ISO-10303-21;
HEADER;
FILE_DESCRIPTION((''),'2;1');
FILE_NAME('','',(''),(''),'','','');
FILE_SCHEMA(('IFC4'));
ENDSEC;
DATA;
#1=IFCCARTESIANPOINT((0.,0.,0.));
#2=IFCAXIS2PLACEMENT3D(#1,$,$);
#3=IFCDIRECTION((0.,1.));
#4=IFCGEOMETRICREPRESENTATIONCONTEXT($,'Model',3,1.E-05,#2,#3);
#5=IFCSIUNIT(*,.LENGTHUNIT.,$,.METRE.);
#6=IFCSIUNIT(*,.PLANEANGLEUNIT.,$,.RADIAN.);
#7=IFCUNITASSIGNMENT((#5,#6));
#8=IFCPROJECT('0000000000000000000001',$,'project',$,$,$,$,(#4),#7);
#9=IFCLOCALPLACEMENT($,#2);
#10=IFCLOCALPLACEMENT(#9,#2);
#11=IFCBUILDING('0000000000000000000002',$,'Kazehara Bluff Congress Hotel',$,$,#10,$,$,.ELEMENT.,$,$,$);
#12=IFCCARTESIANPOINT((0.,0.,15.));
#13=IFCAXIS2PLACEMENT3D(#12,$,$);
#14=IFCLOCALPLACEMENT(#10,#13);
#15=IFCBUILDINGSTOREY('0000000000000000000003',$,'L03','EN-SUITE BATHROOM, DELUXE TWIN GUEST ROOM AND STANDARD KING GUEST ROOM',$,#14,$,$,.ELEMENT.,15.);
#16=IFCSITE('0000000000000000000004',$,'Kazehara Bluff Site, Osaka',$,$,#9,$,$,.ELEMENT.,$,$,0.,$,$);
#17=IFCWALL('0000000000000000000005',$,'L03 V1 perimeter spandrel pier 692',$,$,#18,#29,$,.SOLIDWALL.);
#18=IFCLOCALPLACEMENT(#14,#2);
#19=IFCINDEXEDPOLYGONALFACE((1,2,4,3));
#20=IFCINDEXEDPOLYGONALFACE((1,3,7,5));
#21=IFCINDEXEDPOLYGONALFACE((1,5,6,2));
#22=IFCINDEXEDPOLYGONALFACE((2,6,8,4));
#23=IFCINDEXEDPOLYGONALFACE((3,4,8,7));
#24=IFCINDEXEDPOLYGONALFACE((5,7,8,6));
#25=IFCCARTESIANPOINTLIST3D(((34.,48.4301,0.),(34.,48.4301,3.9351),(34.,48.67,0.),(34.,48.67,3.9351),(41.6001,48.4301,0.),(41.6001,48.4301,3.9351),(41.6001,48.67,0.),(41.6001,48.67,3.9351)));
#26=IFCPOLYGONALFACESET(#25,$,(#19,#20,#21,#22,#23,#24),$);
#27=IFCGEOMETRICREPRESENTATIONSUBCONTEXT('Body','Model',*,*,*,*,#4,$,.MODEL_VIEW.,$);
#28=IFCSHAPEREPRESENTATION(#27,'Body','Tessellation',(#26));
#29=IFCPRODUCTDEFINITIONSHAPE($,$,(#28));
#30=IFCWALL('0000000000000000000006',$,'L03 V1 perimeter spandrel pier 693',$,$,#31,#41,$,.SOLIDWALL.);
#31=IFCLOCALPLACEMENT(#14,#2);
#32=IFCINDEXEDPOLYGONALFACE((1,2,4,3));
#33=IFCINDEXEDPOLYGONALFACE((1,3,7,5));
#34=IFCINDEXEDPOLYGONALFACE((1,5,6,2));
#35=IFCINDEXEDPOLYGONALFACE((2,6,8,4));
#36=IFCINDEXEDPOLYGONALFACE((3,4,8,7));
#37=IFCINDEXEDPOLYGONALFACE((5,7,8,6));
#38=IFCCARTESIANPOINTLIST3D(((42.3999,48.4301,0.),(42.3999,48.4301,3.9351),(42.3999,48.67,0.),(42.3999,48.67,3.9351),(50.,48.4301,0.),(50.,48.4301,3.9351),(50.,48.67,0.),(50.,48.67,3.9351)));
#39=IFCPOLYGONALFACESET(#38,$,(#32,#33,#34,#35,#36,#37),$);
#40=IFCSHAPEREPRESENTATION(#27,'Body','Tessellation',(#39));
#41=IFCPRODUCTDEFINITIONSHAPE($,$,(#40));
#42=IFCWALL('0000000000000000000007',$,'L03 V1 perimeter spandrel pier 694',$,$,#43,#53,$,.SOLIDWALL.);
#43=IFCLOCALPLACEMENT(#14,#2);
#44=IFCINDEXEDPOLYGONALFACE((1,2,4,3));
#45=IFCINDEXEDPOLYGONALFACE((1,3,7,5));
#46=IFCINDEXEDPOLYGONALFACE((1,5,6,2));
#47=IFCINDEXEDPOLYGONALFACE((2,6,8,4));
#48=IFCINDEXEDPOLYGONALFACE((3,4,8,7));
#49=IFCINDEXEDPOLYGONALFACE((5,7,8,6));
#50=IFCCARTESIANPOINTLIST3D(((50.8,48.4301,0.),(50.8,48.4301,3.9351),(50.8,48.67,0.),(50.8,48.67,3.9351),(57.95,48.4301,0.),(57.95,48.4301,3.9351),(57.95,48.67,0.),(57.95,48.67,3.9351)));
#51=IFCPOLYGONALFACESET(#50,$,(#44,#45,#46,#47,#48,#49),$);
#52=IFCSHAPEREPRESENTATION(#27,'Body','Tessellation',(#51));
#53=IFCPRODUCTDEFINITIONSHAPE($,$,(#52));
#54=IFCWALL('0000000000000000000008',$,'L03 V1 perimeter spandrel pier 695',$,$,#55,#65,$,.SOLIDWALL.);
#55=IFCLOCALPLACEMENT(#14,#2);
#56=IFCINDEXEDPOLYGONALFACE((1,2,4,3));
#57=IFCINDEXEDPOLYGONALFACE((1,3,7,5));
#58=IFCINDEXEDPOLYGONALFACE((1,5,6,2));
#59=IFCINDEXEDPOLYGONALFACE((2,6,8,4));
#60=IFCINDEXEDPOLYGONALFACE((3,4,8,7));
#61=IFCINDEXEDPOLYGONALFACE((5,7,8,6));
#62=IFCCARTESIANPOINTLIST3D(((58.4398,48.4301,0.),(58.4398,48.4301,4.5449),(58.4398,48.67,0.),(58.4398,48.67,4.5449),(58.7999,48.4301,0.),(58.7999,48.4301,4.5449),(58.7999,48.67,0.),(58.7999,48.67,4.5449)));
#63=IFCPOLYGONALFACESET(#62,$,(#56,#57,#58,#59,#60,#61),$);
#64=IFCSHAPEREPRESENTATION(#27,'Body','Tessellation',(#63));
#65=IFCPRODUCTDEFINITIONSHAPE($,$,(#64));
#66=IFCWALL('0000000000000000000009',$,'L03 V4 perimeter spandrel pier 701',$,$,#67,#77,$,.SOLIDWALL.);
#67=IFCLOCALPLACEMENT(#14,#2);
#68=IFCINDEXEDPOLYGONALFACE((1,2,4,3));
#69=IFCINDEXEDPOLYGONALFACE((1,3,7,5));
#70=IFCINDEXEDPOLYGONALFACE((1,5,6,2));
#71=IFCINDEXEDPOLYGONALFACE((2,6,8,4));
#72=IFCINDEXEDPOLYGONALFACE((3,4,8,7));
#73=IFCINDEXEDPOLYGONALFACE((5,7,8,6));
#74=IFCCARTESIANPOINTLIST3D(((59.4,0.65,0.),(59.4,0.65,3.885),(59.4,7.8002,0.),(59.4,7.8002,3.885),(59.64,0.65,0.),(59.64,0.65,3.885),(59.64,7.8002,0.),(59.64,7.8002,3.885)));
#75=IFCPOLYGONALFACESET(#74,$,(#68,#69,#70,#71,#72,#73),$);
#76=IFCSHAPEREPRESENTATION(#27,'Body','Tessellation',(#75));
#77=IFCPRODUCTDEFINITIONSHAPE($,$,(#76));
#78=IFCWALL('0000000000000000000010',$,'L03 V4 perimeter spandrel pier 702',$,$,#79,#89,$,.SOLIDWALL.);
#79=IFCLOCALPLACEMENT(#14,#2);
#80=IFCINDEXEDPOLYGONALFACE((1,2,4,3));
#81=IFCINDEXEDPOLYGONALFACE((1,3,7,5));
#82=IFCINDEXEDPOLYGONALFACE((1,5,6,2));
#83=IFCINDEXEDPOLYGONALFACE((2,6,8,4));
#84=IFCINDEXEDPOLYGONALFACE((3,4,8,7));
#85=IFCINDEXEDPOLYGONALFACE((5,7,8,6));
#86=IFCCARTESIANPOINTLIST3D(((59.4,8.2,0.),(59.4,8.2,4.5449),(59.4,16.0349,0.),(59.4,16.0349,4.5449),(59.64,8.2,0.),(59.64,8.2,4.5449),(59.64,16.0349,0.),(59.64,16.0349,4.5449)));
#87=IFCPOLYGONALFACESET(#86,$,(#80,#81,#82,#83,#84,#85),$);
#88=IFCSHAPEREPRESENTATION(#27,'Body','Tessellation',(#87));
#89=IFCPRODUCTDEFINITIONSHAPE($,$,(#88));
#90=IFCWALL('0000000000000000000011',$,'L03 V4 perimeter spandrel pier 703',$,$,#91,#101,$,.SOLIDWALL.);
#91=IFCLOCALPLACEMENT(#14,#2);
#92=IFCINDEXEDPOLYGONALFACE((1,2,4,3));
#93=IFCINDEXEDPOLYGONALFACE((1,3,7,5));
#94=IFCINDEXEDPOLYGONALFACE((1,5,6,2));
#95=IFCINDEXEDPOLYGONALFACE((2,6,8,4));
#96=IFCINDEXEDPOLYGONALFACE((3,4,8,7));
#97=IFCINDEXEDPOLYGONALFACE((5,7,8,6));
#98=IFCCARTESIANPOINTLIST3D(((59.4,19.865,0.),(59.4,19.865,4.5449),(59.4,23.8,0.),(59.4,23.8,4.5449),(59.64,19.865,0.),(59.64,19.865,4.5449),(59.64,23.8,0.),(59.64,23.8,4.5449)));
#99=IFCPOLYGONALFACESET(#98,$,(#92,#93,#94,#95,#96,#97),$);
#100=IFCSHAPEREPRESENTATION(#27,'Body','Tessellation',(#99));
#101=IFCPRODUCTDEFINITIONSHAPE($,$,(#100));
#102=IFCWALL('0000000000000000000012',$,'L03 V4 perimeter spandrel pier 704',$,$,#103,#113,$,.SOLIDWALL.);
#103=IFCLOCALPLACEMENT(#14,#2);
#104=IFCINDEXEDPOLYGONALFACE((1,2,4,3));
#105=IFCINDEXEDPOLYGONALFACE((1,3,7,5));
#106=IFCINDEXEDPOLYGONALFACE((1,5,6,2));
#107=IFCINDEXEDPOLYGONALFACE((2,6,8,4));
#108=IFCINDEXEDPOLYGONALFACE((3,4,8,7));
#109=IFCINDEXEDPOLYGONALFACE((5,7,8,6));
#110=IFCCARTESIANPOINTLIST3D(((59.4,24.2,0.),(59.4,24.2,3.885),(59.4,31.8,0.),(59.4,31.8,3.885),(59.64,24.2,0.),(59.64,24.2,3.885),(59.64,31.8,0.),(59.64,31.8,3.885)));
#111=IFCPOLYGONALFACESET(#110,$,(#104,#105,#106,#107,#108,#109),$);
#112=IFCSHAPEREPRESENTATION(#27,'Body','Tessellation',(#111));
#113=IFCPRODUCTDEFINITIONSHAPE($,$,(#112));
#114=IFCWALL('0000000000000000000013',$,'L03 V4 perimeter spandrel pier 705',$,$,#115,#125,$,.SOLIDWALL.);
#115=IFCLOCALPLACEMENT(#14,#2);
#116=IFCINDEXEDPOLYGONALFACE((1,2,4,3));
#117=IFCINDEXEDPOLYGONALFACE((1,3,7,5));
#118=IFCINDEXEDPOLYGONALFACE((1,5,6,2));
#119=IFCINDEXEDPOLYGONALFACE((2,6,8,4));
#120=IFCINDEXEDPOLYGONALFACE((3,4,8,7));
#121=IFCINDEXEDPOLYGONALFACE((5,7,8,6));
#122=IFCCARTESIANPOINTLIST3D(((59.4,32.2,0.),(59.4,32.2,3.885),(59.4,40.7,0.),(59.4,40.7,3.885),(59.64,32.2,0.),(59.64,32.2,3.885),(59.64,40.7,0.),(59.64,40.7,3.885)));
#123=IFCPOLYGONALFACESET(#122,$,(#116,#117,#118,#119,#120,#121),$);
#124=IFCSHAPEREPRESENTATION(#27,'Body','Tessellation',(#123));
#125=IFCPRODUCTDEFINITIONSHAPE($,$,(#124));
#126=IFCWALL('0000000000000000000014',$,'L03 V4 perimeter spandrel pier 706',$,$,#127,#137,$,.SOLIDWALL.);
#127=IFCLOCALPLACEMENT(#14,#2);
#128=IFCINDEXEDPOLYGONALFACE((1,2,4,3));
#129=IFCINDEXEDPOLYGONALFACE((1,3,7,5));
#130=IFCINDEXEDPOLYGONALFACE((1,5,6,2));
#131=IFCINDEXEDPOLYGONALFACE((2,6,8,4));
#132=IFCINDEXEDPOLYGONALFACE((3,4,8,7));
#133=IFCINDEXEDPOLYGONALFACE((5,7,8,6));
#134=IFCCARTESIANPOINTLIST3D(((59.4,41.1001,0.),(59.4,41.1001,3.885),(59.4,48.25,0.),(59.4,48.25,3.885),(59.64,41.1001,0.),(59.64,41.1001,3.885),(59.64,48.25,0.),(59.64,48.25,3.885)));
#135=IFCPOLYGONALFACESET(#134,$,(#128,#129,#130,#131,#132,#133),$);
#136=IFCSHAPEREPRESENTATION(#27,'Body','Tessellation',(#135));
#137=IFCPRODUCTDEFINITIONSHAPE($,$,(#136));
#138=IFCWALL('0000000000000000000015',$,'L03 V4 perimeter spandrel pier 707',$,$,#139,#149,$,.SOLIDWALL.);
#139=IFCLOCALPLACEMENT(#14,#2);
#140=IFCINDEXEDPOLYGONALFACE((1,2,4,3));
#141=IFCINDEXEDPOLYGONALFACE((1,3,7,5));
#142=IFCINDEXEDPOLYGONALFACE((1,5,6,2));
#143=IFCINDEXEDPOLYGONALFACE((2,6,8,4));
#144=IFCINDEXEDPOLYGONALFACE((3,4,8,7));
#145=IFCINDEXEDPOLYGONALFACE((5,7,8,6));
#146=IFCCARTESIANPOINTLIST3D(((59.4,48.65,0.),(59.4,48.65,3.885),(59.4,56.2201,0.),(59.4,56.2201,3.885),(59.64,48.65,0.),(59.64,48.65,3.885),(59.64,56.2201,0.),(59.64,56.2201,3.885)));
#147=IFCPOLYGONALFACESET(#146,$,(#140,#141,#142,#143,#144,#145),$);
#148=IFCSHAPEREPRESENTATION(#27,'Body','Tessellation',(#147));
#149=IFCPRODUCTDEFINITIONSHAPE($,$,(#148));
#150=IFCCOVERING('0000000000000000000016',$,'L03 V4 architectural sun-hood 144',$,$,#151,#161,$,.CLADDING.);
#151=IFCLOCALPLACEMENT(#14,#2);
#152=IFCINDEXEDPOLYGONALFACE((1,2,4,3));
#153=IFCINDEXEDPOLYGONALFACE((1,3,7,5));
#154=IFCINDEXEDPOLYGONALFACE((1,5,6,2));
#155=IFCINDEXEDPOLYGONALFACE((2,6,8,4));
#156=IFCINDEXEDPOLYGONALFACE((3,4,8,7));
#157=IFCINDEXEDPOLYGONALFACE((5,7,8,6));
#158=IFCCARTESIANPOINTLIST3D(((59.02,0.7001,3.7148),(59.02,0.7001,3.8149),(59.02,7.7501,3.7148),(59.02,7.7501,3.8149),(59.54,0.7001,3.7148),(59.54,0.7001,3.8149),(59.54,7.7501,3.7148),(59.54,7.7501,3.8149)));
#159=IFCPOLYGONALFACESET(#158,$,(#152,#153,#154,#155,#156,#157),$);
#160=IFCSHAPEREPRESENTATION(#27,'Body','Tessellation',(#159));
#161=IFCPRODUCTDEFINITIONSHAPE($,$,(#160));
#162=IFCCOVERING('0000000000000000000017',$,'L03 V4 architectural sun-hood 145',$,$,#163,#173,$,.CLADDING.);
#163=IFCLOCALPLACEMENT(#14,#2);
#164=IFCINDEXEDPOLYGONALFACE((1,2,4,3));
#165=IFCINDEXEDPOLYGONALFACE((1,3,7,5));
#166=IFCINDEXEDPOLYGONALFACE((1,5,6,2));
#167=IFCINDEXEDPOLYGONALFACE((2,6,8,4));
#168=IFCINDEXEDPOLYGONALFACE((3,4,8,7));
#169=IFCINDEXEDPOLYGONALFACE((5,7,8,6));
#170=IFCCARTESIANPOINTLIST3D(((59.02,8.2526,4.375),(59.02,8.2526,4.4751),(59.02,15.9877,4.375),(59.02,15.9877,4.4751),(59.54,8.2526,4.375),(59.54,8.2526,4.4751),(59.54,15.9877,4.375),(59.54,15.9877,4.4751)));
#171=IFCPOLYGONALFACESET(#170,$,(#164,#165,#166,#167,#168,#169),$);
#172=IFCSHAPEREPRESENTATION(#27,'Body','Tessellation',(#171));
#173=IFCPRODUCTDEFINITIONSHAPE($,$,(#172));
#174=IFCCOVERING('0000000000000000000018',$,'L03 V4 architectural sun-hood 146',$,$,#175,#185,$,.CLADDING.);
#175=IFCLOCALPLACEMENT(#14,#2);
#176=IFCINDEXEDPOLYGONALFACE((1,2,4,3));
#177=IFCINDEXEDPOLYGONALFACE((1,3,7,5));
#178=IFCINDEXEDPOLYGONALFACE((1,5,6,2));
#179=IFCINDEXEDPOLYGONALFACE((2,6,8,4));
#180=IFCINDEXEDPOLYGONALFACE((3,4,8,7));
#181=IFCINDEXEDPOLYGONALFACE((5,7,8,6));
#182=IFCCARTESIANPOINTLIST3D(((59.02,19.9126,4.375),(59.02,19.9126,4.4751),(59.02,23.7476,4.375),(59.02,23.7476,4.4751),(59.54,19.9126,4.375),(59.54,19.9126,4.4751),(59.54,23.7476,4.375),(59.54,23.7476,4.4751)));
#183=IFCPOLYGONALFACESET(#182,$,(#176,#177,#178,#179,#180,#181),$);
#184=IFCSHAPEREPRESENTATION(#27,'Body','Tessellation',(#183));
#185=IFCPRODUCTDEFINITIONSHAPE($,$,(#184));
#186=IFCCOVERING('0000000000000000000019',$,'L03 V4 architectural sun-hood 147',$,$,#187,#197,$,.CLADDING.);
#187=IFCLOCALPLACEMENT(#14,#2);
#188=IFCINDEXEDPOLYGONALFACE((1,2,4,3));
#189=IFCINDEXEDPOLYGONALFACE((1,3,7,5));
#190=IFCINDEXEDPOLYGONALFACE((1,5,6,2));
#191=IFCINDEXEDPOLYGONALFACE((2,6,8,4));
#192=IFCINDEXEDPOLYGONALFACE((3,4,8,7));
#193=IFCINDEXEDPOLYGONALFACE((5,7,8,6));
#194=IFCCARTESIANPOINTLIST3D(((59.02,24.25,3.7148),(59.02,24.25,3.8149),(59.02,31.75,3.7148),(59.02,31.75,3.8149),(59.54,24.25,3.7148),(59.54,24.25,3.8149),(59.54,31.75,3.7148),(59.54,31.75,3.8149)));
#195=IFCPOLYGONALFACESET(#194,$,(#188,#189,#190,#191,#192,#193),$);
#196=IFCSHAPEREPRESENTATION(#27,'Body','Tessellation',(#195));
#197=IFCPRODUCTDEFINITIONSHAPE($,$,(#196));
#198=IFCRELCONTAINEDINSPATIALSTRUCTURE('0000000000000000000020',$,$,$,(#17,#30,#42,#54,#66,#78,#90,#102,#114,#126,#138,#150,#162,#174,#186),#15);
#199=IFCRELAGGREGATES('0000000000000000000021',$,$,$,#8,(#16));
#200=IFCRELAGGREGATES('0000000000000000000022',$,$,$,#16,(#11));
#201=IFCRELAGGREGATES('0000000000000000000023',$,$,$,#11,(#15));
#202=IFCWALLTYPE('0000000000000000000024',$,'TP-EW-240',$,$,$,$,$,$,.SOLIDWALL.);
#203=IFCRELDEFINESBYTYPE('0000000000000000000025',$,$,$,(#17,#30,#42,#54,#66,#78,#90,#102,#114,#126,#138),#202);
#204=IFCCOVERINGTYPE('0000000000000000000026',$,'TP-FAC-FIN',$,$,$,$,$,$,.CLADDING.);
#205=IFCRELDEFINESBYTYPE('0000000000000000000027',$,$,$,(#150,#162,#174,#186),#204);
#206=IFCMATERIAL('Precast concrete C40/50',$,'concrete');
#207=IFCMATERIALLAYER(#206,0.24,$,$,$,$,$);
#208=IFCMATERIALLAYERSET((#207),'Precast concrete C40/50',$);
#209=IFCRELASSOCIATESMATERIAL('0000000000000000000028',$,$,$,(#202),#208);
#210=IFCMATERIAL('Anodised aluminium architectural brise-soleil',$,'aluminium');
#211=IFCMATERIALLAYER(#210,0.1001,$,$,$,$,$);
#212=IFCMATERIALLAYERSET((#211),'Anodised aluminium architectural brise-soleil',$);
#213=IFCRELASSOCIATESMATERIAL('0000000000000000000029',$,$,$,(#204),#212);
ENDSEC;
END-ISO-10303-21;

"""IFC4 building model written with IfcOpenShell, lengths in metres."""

from ifc_helpers import new_model, si_unit, direction, frame, frame_2d, origin, origin_2d, place, context, subcontext, project, spatial, rectangle, extrude, material, layer, layer_set, type_object, element, save


model = new_model("IFC4")

# Units and contexts
model_context = context("Model", 3, precision=1e-05, world=origin(), true_north=direction((0.0, 1.0)))
body_context = subcontext(model_context, "Body", "Model", "MODEL_VIEW")
ifc_project = project(units=[si_unit("LENGTHUNIT", "METRE"), si_unit("PLANEANGLEUNIT", "RADIAN")], contexts=[model_context])

# Site, building, storey
site_placement = place(None, origin())
site = spatial("IfcSite", under=ifc_project, at=site_placement, Name="Kazehara Bluff Site, Osaka", CompositionType="ELEMENT", RefElevation=0.0)
building_placement = place(site_placement, origin())
building = spatial("IfcBuilding", under=site, at=building_placement, Name="Kazehara Bluff Congress Hotel", CompositionType="ELEMENT")
storey_placement = place(building_placement, frame((0.0, 0.0, 15.0)))
storey = spatial("IfcBuildingStorey", under=building, at=storey_placement, Name="L03", Description="EN-SUITE BATHROOM, DELUXE TWIN GUEST ROOM AND STANDARD KING GUEST ROOM", CompositionType="ELEMENT", Elevation=15.0)

# Walls
ifc_material_1 = material(Name="Precast concrete C40/50", Category="concrete")
ifc_layer_1 = layer(ifc_material_1, 0.24)
ifc_layer_set_1 = layer_set([ifc_layer_1], Name="Precast concrete C40/50")
wall_type_1 = type_object("IfcWallType", Name="TP-EW-240", PredefinedType="SOLIDWALL", material=ifc_layer_set_1)
for number, where, z_axis, x_axis, name in (
    (1, (41.6001, 48.55, 0.0), (0.0, 0.0, 1.0), (-1.0, 0.0, 0.0), "L03 V1 perimeter spandrel pier 692"),
    (2, (50.0, 48.55, 0.0), (0.0, 0.0, 1.0), (-1.0, 0.0, 0.0), "L03 V1 perimeter spandrel pier 693"),
):
    element("IfcWall", number, at=place(storey_placement, frame(where, z_axis=z_axis, x_axis=x_axis)), inside=storey, type_object=wall_type_1, Name=name, PredefinedType="SOLIDWALL", context=body_context, shape_type="SweptSolid", body=[
        extrude(rectangle(XDim=7.6001, YDim=0.24, at=frame_2d((3.8, 0.0))), origin(), (0.0, 0.0, 1.0), 3.9351),
    ])
wall_1_placement = place(storey_placement, frame((57.95, 48.55, 0.0), z_axis=(0.0, 0.0, 1.0), x_axis=(-1.0, 0.0, 0.0)))
element("IfcWall", 3, at=wall_1_placement, inside=storey, type_object=wall_type_1, Name="L03 V1 perimeter spandrel pier 694", PredefinedType="SOLIDWALL", context=body_context, shape_type="SweptSolid", body=[
    extrude(rectangle(XDim=7.1499, YDim=0.24, at=frame_2d((3.575, 0.0))), origin(), (0.0, 0.0, 1.0), 3.9351),
])
wall_2_placement = place(storey_placement, frame((58.8, 48.55, 0.0), z_axis=(0.0, 0.0, 1.0), x_axis=(-1.0, 0.0, 0.0)))
element("IfcWall", 4, at=wall_2_placement, inside=storey, type_object=wall_type_1, Name="L03 V1 perimeter spandrel pier 695", PredefinedType="SOLIDWALL", context=body_context, shape_type="SweptSolid", body=[
    extrude(rectangle(XDim=0.3601, YDim=0.24, at=frame_2d((0.1802, 0.0))), origin(), (0.0, 0.0, 1.0), 4.5449),
])
wall_3_placement = place(storey_placement, frame((59.52, 0.6499, 0.0), z_axis=(0.0, 0.0, 1.0), x_axis=(0.0, 1.0, 0.0)))
element("IfcWall", 5, at=wall_3_placement, inside=storey, type_object=wall_type_1, Name="L03 V4 perimeter spandrel pier 701", PredefinedType="SOLIDWALL", context=body_context, shape_type="SweptSolid", body=[
    extrude(rectangle(XDim=7.1501, YDim=0.24, at=frame_2d((3.5752, 0.0))), origin(), (0.0, 0.0, 1.0), 3.885),
])
wall_4_placement = place(storey_placement, frame((59.52, 8.2, 0.0), z_axis=(0.0, 0.0, 1.0), x_axis=(0.0, 1.0, 0.0)))
element("IfcWall", 6, at=wall_4_placement, inside=storey, type_object=wall_type_1, Name="L03 V4 perimeter spandrel pier 702", PredefinedType="SOLIDWALL", context=body_context, shape_type="SweptSolid", body=[
    extrude(rectangle(XDim=7.835, YDim=0.24, at=frame_2d((3.9175, 0.0))), origin(), (0.0, 0.0, 1.0), 4.5449),
])
wall_5_placement = place(storey_placement, frame((59.52, 19.865, 0.0), z_axis=(0.0, 0.0, 1.0), x_axis=(0.0, 1.0, 0.0)))
element("IfcWall", 7, at=wall_5_placement, inside=storey, type_object=wall_type_1, Name="L03 V4 perimeter spandrel pier 703", PredefinedType="SOLIDWALL", context=body_context, shape_type="SweptSolid", body=[
    extrude(rectangle(XDim=3.9351, YDim=0.24, at=frame_2d((1.9675, 0.0))), origin(), (0.0, 0.0, 1.0), 4.5449),
])
wall_6_placement = place(storey_placement, frame((59.52, 24.2, 0.0), z_axis=(0.0, 0.0, 1.0), x_axis=(0.0, 1.0, 0.0)))
element("IfcWall", 8, at=wall_6_placement, inside=storey, type_object=wall_type_1, Name="L03 V4 perimeter spandrel pier 704", PredefinedType="SOLIDWALL", context=body_context, shape_type="SweptSolid", body=[
    extrude(rectangle(XDim=7.6001, YDim=0.24, at=frame_2d((3.8, 0.0))), origin(), (0.0, 0.0, 1.0), 3.885),
])
wall_7_placement = place(storey_placement, frame((59.52, 32.2, 0.0), z_axis=(0.0, 0.0, 1.0), x_axis=(0.0, 1.0, 0.0)))
element("IfcWall", 9, at=wall_7_placement, inside=storey, type_object=wall_type_1, Name="L03 V4 perimeter spandrel pier 705", PredefinedType="SOLIDWALL", context=body_context, shape_type="SweptSolid", body=[
    extrude(rectangle(XDim=8.5, YDim=0.24, at=frame_2d((4.25, 0.0))), origin(), (0.0, 0.0, 1.0), 3.885),
])
wall_8_placement = place(storey_placement, frame((59.52, 41.1001, 0.0), z_axis=(0.0, 0.0, 1.0), x_axis=(0.0, 1.0, 0.0)))
element("IfcWall", 10, at=wall_8_placement, inside=storey, type_object=wall_type_1, Name="L03 V4 perimeter spandrel pier 706", PredefinedType="SOLIDWALL", context=body_context, shape_type="SweptSolid", body=[
    extrude(rectangle(XDim=7.1499, YDim=0.24, at=frame_2d((3.575, 0.0))), origin(), (0.0, 0.0, 1.0), 3.885),
])
wall_9_placement = place(storey_placement, frame((59.52, 48.6499, 0.0), z_axis=(0.0, 0.0, 1.0), x_axis=(0.0, 1.0, 0.0)))
element("IfcWall", 11, at=wall_9_placement, inside=storey, type_object=wall_type_1, Name="L03 V4 perimeter spandrel pier 707", PredefinedType="SOLIDWALL", context=body_context, shape_type="SweptSolid", body=[
    extrude(rectangle(XDim=7.5701, YDim=0.24, at=frame_2d((3.7852, 0.0))), origin(), (0.0, 0.0, 1.0), 3.885),
])

# Coverings
ifc_material_2 = material(Name="Anodised aluminium architectural brise-soleil", Category="aluminium")
ifc_layer_2 = layer(ifc_material_2, 0.1001)
ifc_layer_set_2 = layer_set([ifc_layer_2], Name="Anodised aluminium architectural brise-soleil")
covering_type = type_object("IfcCoveringType", Name="TP-FAC-FIN", PredefinedType="CLADDING", material=ifc_layer_set_2)
covering_1_placement = place(storey_placement, frame((59.28, 4.2251, 3.7148), z_axis=(0.0, 0.0, 1.0), x_axis=(1.0, 0.0, 0.0)))
element("IfcCovering", 12, at=covering_1_placement, inside=storey, type_object=covering_type, Name="L03 V4 architectural sun-hood 144", PredefinedType="CLADDING", context=body_context, shape_type="SweptSolid", body=[
    extrude(rectangle(XDim=0.52, YDim=7.05, at=origin_2d()), origin(), (0.0, 0.0, 1.0), 0.1001),
])
covering_2_placement = place(storey_placement, frame((59.28, 12.1201, 4.375), z_axis=(0.0, 0.0, 1.0), x_axis=(1.0, 0.0, 0.0)))
element("IfcCovering", 13, at=covering_2_placement, inside=storey, type_object=covering_type, Name="L03 V4 architectural sun-hood 145", PredefinedType="CLADDING", context=body_context, shape_type="SweptSolid", body=[
    extrude(rectangle(XDim=0.52, YDim=7.7351, at=origin_2d()), origin(), (0.0, 0.0, 1.0), 0.1001),
])
covering_3_placement = place(storey_placement, frame((59.28, 21.8301, 4.375), z_axis=(0.0, 0.0, 1.0), x_axis=(1.0, 0.0, 0.0)))
element("IfcCovering", 14, at=covering_3_placement, inside=storey, type_object=covering_type, Name="L03 V4 architectural sun-hood 146", PredefinedType="CLADDING", context=body_context, shape_type="SweptSolid", body=[
    extrude(rectangle(XDim=0.52, YDim=3.835, at=origin_2d()), origin(), (0.0, 0.0, 1.0), 0.1001),
])
covering_4_placement = place(storey_placement, frame((59.28, 28.0, 3.7148), z_axis=(0.0, 0.0, 1.0), x_axis=(1.0, 0.0, 0.0)))
element("IfcCovering", 15, at=covering_4_placement, inside=storey, type_object=covering_type, Name="L03 V4 architectural sun-hood 147", PredefinedType="CLADDING", context=body_context, shape_type="SweptSolid", body=[
    extrude(rectangle(XDim=0.52, YDim=7.5, at=origin_2d()), origin(), (0.0, 0.0, 1.0), 0.1001),
])

save(model, "model.ifc")
